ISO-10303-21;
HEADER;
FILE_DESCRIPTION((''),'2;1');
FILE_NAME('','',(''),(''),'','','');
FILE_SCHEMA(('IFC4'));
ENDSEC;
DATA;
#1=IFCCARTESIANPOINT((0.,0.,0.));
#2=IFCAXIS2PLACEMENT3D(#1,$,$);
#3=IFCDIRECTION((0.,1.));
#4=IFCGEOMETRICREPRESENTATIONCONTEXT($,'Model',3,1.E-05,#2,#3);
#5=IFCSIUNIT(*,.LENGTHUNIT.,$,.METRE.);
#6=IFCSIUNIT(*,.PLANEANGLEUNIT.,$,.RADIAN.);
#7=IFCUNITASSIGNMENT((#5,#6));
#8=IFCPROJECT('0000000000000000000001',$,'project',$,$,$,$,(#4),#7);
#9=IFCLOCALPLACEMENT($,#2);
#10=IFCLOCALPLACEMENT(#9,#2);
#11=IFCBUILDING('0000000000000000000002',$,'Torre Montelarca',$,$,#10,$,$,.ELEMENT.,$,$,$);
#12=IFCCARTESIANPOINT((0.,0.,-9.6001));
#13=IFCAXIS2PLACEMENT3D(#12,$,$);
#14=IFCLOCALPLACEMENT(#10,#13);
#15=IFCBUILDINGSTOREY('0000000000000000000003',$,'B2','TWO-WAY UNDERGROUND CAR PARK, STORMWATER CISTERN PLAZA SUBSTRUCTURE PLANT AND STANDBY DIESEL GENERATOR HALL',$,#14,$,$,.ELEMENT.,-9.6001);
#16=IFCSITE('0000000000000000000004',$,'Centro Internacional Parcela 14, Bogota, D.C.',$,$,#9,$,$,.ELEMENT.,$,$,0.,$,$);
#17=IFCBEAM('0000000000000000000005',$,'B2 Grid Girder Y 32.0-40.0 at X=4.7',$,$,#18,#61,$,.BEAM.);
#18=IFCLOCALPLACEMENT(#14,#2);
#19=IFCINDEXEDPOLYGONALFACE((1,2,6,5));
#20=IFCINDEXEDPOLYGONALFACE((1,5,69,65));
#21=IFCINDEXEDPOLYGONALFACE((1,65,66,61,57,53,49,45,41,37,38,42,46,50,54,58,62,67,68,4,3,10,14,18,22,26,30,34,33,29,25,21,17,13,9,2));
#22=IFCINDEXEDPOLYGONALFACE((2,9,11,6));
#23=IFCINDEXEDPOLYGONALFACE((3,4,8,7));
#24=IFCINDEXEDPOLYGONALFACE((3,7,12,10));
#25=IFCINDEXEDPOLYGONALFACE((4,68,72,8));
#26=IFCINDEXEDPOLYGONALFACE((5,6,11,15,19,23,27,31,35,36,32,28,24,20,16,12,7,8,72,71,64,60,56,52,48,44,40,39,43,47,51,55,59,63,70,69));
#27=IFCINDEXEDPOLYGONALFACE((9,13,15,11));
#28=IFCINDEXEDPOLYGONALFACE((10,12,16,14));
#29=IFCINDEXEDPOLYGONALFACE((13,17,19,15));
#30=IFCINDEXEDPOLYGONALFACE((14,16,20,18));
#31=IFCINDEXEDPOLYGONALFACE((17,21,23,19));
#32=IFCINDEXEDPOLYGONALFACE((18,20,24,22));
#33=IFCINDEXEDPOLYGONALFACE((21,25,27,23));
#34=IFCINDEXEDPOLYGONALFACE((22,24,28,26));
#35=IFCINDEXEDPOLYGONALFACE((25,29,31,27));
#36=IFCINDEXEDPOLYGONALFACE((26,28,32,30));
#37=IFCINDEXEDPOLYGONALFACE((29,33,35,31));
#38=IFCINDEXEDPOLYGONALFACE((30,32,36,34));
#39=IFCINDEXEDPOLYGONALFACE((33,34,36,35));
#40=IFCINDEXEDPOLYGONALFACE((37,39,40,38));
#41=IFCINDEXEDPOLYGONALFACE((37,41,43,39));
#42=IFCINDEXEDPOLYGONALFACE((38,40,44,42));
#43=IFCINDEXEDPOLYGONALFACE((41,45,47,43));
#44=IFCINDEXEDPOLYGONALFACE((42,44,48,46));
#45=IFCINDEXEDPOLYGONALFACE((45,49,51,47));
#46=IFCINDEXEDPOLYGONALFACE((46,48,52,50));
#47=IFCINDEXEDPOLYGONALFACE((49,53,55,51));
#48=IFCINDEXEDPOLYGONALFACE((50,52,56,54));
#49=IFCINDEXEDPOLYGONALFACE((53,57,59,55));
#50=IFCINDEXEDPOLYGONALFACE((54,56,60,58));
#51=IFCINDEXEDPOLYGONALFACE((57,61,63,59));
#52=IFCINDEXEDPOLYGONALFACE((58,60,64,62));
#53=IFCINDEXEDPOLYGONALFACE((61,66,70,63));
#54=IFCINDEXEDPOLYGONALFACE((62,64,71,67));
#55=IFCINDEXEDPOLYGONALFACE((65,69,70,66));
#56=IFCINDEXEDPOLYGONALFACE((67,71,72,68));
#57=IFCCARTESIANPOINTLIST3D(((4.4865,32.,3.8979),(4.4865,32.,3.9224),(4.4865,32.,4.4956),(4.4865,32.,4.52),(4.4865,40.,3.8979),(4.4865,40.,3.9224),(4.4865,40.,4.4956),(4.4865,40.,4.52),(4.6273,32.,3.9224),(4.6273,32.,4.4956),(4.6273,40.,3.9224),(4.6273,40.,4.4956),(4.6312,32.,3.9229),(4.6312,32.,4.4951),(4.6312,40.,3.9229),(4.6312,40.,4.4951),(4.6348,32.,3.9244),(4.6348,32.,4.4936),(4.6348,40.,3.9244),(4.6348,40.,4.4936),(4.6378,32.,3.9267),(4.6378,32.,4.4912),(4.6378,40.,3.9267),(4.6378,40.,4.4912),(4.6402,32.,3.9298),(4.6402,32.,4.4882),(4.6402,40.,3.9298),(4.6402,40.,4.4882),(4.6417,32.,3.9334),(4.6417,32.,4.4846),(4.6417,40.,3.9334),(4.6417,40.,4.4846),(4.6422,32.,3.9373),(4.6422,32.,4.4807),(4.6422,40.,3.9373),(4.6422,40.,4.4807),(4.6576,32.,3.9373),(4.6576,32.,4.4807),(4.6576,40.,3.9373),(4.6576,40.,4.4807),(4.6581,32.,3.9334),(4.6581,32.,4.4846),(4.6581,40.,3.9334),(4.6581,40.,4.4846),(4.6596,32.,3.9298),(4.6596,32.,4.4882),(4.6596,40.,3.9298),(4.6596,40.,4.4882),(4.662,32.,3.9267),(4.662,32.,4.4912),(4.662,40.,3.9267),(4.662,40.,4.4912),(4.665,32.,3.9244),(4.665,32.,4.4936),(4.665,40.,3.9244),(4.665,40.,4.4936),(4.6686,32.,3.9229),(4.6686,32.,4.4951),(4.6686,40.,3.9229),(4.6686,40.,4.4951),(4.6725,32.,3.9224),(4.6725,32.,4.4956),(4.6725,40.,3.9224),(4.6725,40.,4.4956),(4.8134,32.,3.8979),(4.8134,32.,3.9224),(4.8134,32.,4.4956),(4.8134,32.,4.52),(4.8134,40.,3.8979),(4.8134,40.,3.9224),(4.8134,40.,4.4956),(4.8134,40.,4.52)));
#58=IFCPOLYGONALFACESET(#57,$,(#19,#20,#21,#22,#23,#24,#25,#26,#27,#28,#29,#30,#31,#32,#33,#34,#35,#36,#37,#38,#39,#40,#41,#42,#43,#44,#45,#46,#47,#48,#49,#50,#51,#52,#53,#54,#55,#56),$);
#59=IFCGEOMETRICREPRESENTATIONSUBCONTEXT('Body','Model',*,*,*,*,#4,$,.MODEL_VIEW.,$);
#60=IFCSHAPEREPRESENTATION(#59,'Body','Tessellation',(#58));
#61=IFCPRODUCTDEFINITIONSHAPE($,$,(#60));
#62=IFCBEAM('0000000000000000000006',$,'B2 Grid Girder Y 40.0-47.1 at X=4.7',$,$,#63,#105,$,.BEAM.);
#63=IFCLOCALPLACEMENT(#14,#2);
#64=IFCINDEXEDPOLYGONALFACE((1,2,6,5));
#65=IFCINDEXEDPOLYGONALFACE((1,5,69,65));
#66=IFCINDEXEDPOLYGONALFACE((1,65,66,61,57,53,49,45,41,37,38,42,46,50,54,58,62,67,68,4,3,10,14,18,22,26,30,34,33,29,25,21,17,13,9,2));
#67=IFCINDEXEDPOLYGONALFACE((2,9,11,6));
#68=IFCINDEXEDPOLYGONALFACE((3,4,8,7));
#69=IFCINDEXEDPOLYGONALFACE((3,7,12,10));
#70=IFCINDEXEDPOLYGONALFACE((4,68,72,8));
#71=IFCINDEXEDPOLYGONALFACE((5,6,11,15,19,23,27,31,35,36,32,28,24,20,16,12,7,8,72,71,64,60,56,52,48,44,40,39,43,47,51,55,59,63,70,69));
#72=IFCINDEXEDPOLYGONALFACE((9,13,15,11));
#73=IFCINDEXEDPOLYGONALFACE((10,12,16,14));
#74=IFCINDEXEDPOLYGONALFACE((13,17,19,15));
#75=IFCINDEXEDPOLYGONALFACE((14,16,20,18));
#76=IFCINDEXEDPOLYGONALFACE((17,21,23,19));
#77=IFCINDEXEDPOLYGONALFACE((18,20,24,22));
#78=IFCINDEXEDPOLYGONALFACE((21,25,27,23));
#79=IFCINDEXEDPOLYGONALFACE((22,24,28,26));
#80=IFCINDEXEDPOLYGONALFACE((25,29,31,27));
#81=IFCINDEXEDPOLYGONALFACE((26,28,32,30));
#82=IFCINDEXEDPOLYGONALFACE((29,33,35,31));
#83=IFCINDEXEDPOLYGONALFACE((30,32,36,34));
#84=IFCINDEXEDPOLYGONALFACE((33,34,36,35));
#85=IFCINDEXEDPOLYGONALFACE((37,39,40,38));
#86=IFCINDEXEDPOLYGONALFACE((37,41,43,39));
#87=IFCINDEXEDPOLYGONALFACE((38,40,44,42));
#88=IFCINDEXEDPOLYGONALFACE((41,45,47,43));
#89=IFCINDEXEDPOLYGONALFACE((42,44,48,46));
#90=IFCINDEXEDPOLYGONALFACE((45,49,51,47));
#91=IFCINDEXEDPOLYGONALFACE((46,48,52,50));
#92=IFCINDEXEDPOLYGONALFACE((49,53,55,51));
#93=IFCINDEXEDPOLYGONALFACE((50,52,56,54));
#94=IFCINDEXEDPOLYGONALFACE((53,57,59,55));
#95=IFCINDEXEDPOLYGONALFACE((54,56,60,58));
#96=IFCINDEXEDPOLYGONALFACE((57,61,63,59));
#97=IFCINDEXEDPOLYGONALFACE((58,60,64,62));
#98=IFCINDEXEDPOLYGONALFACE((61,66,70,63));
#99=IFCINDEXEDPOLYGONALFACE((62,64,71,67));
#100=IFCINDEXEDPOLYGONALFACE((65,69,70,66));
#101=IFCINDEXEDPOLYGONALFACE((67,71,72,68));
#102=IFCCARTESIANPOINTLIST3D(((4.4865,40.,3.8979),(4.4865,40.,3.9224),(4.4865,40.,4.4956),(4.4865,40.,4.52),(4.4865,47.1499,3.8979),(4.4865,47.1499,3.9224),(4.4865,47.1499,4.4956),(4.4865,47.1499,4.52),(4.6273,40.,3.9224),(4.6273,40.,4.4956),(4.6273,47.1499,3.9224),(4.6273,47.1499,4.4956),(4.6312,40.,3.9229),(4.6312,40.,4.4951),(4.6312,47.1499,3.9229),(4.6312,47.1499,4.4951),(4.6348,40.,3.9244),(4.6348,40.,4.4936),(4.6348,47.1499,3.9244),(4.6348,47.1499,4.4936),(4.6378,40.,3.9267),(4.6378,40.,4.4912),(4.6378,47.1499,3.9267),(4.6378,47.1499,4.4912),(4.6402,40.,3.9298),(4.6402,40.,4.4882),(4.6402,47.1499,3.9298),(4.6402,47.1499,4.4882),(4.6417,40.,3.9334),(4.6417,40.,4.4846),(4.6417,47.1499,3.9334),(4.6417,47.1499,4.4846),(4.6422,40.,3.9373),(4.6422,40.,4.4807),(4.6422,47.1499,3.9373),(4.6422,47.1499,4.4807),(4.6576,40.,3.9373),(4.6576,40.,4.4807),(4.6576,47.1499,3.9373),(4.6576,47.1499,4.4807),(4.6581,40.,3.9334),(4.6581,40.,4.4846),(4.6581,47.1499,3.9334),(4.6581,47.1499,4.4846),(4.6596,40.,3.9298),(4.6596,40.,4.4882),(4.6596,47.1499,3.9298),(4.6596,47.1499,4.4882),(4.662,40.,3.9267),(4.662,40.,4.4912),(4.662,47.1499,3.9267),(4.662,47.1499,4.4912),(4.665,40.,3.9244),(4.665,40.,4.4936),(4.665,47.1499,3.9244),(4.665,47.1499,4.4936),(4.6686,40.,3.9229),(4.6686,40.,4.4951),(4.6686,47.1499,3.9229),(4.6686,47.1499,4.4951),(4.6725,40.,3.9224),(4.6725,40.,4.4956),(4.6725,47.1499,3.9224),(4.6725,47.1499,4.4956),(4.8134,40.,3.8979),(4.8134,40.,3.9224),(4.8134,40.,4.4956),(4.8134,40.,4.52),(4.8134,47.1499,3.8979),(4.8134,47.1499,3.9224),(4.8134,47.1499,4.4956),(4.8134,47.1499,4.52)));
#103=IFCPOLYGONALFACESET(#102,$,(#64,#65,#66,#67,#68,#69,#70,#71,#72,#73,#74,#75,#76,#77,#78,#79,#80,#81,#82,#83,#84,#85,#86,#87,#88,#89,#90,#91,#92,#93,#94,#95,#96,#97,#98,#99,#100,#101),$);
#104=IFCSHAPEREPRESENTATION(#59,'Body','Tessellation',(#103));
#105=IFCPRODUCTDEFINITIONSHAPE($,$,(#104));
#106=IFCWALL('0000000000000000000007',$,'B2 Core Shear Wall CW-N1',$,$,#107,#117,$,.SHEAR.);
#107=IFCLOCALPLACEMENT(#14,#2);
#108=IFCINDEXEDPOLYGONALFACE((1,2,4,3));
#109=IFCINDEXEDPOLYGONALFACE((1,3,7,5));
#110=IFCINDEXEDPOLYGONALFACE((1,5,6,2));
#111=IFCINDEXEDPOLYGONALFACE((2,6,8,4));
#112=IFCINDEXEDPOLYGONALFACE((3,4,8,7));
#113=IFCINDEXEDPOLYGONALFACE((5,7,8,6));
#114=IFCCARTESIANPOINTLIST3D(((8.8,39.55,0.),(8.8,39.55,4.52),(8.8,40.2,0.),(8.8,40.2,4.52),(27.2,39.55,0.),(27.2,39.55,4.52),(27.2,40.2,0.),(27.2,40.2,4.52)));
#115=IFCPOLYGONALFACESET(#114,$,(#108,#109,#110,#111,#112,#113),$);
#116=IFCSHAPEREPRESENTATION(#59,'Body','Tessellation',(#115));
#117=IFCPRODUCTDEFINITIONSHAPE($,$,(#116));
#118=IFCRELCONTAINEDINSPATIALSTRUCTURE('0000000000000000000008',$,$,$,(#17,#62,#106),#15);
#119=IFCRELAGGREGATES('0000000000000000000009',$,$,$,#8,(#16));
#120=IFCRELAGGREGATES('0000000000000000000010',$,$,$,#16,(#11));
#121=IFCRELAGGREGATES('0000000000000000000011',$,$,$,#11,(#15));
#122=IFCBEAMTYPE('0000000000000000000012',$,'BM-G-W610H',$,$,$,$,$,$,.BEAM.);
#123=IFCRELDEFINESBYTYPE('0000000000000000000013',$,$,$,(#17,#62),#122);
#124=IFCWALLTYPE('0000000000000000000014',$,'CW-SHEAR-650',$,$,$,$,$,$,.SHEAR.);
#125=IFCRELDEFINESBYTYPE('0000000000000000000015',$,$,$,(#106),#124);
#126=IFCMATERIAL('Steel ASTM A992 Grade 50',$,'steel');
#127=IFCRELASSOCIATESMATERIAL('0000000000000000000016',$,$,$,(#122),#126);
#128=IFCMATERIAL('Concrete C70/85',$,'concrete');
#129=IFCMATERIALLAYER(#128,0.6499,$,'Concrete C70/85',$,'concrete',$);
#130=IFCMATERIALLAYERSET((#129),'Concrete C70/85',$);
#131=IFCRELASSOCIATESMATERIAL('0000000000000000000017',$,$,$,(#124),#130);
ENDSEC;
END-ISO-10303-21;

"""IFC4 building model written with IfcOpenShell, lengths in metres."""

from ifc_helpers import new_model, si_unit, direction, frame, frame_2d, origin, origin_2d, place, context, subcontext, project, spatial, rectangle, i_section, extrude, source, transform, mapped, material, layer, layer_set, material_profile, profile_set, type_object, element, save


model = new_model("IFC4")

# Units and contexts
model_context = context("Model", 3, precision=1e-05, world=origin(), true_north=direction((0.0, 1.0)))
body_context = subcontext(model_context, "Body", "Model", "MODEL_VIEW")
ifc_project = project(units=[si_unit("LENGTHUNIT", "METRE"), si_unit("PLANEANGLEUNIT", "RADIAN")], contexts=[model_context])

# Site, building, storey
site_placement = place(None, origin())
site = spatial("IfcSite", under=ifc_project, at=site_placement, Name="Centro Internacional Parcela 14, Bogota, D.C.", CompositionType="ELEMENT", RefElevation=0.0)
building_placement = place(site_placement, origin())
building = spatial("IfcBuilding", under=site, at=building_placement, Name="Torre Montelarca", CompositionType="ELEMENT")
storey_placement = place(building_placement, frame((0.0, 0.0, -9.6001)))
storey = spatial("IfcBuildingStorey", under=building, at=storey_placement, Name="B2", Description="TWO-WAY UNDERGROUND CAR PARK, STORMWATER CISTERN PLAZA SUBSTRUCTURE PLANT AND STANDBY DIESEL GENERATOR HALL", CompositionType="ELEMENT", Elevation=-9.6001)

# Shared definitions
ifc_material_1 = material(Name="Concrete C70/85", Category="concrete")

# Beams
ifc_material_2 = material(Name="Steel ASTM A992 Grade 50", Category="steel")
ifc_material_profile_1 = material_profile(ifc_material_2, i_section(OverallWidth=0.3269, OverallDepth=0.6221, WebThickness=0.0154, FlangeThickness=0.0244, FilletRadius=0.0149, at=origin_2d()), Name="W610X195", Category="steel")
ifc_profile_set_1 = profile_set([ifc_material_profile_1], Name="Steel ASTM A992 Grade 50")
beam_type_1 = type_object("IfcBeamType", Name="BM-G-W610H", PredefinedType="BEAM", material=ifc_profile_set_1)
shared_shape_1 = source(origin(), body_context, "Body", "SweptSolid", [
    extrude(i_section(OverallWidth=0.3269, OverallDepth=0.6221, WebThickness=0.0154, FlangeThickness=0.0244, FilletRadius=0.0149, at=origin_2d()), origin(), (0.0, 0.0, 1.0), 8.0),
])
beam_1_placement = place(storey_placement, frame((4.6499, 32.0, 4.209), z_axis=(0.0, 1.0, 0.0), x_axis=(-1.0, 0.0, 0.0)))
element("IfcBeam", 1, at=beam_1_placement, inside=storey, type_object=beam_type_1, Name="B2 Grid Girder Y 32.0-40.0 at X=4.7", PredefinedType="BEAM", context=body_context, shape_type="MappedRepresentation", body=[
    mapped(shared_shape_1, transform((0.0, 0.0, 0.0), scale=1.0)),
])
shared_shape_2 = source(origin(), body_context, "Body", "SweptSolid", [
    extrude(i_section(OverallWidth=0.3269, OverallDepth=0.6221, WebThickness=0.0154, FlangeThickness=0.0244, FilletRadius=0.0149, at=origin_2d()), origin(), (0.0, 0.0, 1.0), 7.1499),
])
beam_2_placement = place(storey_placement, frame((4.6499, 40.0, 4.209), z_axis=(0.0, 1.0, 0.0), x_axis=(-1.0, 0.0, 0.0)))
element("IfcBeam", 2, at=beam_2_placement, inside=storey, type_object=beam_type_1, Name="B2 Grid Girder Y 40.0-47.1 at X=4.7", PredefinedType="BEAM", context=body_context, shape_type="MappedRepresentation", body=[
    mapped(shared_shape_2, transform((0.0, 0.0, 0.0), scale=1.0)),
])

# Wall
ifc_layer = layer(ifc_material_1, 0.6499, Name="Concrete C70/85", Category="concrete")
ifc_layer_set = layer_set([ifc_layer], Name="Concrete C70/85")
wall_type = type_object("IfcWallType", Name="CW-SHEAR-650", PredefinedType="SHEAR", material=ifc_layer_set)
wall_placement = place(storey_placement, frame((8.8, 39.875, 0.0), z_axis=(0.0, 0.0, 1.0), x_axis=(1.0, 0.0, 0.0)))
element("IfcWall", 3, at=wall_placement, inside=storey, type_object=wall_type, Name="B2 Core Shear Wall CW-N1", PredefinedType="SHEAR", context=body_context, shape_type="SweptSolid", body=[
    extrude(rectangle(XDim=18.3999, YDim=0.6499, at=frame_2d((9.2, 0.0))), origin(), (0.0, 0.0, 1.0), 4.52),
])

save(model, "model.ifc")
